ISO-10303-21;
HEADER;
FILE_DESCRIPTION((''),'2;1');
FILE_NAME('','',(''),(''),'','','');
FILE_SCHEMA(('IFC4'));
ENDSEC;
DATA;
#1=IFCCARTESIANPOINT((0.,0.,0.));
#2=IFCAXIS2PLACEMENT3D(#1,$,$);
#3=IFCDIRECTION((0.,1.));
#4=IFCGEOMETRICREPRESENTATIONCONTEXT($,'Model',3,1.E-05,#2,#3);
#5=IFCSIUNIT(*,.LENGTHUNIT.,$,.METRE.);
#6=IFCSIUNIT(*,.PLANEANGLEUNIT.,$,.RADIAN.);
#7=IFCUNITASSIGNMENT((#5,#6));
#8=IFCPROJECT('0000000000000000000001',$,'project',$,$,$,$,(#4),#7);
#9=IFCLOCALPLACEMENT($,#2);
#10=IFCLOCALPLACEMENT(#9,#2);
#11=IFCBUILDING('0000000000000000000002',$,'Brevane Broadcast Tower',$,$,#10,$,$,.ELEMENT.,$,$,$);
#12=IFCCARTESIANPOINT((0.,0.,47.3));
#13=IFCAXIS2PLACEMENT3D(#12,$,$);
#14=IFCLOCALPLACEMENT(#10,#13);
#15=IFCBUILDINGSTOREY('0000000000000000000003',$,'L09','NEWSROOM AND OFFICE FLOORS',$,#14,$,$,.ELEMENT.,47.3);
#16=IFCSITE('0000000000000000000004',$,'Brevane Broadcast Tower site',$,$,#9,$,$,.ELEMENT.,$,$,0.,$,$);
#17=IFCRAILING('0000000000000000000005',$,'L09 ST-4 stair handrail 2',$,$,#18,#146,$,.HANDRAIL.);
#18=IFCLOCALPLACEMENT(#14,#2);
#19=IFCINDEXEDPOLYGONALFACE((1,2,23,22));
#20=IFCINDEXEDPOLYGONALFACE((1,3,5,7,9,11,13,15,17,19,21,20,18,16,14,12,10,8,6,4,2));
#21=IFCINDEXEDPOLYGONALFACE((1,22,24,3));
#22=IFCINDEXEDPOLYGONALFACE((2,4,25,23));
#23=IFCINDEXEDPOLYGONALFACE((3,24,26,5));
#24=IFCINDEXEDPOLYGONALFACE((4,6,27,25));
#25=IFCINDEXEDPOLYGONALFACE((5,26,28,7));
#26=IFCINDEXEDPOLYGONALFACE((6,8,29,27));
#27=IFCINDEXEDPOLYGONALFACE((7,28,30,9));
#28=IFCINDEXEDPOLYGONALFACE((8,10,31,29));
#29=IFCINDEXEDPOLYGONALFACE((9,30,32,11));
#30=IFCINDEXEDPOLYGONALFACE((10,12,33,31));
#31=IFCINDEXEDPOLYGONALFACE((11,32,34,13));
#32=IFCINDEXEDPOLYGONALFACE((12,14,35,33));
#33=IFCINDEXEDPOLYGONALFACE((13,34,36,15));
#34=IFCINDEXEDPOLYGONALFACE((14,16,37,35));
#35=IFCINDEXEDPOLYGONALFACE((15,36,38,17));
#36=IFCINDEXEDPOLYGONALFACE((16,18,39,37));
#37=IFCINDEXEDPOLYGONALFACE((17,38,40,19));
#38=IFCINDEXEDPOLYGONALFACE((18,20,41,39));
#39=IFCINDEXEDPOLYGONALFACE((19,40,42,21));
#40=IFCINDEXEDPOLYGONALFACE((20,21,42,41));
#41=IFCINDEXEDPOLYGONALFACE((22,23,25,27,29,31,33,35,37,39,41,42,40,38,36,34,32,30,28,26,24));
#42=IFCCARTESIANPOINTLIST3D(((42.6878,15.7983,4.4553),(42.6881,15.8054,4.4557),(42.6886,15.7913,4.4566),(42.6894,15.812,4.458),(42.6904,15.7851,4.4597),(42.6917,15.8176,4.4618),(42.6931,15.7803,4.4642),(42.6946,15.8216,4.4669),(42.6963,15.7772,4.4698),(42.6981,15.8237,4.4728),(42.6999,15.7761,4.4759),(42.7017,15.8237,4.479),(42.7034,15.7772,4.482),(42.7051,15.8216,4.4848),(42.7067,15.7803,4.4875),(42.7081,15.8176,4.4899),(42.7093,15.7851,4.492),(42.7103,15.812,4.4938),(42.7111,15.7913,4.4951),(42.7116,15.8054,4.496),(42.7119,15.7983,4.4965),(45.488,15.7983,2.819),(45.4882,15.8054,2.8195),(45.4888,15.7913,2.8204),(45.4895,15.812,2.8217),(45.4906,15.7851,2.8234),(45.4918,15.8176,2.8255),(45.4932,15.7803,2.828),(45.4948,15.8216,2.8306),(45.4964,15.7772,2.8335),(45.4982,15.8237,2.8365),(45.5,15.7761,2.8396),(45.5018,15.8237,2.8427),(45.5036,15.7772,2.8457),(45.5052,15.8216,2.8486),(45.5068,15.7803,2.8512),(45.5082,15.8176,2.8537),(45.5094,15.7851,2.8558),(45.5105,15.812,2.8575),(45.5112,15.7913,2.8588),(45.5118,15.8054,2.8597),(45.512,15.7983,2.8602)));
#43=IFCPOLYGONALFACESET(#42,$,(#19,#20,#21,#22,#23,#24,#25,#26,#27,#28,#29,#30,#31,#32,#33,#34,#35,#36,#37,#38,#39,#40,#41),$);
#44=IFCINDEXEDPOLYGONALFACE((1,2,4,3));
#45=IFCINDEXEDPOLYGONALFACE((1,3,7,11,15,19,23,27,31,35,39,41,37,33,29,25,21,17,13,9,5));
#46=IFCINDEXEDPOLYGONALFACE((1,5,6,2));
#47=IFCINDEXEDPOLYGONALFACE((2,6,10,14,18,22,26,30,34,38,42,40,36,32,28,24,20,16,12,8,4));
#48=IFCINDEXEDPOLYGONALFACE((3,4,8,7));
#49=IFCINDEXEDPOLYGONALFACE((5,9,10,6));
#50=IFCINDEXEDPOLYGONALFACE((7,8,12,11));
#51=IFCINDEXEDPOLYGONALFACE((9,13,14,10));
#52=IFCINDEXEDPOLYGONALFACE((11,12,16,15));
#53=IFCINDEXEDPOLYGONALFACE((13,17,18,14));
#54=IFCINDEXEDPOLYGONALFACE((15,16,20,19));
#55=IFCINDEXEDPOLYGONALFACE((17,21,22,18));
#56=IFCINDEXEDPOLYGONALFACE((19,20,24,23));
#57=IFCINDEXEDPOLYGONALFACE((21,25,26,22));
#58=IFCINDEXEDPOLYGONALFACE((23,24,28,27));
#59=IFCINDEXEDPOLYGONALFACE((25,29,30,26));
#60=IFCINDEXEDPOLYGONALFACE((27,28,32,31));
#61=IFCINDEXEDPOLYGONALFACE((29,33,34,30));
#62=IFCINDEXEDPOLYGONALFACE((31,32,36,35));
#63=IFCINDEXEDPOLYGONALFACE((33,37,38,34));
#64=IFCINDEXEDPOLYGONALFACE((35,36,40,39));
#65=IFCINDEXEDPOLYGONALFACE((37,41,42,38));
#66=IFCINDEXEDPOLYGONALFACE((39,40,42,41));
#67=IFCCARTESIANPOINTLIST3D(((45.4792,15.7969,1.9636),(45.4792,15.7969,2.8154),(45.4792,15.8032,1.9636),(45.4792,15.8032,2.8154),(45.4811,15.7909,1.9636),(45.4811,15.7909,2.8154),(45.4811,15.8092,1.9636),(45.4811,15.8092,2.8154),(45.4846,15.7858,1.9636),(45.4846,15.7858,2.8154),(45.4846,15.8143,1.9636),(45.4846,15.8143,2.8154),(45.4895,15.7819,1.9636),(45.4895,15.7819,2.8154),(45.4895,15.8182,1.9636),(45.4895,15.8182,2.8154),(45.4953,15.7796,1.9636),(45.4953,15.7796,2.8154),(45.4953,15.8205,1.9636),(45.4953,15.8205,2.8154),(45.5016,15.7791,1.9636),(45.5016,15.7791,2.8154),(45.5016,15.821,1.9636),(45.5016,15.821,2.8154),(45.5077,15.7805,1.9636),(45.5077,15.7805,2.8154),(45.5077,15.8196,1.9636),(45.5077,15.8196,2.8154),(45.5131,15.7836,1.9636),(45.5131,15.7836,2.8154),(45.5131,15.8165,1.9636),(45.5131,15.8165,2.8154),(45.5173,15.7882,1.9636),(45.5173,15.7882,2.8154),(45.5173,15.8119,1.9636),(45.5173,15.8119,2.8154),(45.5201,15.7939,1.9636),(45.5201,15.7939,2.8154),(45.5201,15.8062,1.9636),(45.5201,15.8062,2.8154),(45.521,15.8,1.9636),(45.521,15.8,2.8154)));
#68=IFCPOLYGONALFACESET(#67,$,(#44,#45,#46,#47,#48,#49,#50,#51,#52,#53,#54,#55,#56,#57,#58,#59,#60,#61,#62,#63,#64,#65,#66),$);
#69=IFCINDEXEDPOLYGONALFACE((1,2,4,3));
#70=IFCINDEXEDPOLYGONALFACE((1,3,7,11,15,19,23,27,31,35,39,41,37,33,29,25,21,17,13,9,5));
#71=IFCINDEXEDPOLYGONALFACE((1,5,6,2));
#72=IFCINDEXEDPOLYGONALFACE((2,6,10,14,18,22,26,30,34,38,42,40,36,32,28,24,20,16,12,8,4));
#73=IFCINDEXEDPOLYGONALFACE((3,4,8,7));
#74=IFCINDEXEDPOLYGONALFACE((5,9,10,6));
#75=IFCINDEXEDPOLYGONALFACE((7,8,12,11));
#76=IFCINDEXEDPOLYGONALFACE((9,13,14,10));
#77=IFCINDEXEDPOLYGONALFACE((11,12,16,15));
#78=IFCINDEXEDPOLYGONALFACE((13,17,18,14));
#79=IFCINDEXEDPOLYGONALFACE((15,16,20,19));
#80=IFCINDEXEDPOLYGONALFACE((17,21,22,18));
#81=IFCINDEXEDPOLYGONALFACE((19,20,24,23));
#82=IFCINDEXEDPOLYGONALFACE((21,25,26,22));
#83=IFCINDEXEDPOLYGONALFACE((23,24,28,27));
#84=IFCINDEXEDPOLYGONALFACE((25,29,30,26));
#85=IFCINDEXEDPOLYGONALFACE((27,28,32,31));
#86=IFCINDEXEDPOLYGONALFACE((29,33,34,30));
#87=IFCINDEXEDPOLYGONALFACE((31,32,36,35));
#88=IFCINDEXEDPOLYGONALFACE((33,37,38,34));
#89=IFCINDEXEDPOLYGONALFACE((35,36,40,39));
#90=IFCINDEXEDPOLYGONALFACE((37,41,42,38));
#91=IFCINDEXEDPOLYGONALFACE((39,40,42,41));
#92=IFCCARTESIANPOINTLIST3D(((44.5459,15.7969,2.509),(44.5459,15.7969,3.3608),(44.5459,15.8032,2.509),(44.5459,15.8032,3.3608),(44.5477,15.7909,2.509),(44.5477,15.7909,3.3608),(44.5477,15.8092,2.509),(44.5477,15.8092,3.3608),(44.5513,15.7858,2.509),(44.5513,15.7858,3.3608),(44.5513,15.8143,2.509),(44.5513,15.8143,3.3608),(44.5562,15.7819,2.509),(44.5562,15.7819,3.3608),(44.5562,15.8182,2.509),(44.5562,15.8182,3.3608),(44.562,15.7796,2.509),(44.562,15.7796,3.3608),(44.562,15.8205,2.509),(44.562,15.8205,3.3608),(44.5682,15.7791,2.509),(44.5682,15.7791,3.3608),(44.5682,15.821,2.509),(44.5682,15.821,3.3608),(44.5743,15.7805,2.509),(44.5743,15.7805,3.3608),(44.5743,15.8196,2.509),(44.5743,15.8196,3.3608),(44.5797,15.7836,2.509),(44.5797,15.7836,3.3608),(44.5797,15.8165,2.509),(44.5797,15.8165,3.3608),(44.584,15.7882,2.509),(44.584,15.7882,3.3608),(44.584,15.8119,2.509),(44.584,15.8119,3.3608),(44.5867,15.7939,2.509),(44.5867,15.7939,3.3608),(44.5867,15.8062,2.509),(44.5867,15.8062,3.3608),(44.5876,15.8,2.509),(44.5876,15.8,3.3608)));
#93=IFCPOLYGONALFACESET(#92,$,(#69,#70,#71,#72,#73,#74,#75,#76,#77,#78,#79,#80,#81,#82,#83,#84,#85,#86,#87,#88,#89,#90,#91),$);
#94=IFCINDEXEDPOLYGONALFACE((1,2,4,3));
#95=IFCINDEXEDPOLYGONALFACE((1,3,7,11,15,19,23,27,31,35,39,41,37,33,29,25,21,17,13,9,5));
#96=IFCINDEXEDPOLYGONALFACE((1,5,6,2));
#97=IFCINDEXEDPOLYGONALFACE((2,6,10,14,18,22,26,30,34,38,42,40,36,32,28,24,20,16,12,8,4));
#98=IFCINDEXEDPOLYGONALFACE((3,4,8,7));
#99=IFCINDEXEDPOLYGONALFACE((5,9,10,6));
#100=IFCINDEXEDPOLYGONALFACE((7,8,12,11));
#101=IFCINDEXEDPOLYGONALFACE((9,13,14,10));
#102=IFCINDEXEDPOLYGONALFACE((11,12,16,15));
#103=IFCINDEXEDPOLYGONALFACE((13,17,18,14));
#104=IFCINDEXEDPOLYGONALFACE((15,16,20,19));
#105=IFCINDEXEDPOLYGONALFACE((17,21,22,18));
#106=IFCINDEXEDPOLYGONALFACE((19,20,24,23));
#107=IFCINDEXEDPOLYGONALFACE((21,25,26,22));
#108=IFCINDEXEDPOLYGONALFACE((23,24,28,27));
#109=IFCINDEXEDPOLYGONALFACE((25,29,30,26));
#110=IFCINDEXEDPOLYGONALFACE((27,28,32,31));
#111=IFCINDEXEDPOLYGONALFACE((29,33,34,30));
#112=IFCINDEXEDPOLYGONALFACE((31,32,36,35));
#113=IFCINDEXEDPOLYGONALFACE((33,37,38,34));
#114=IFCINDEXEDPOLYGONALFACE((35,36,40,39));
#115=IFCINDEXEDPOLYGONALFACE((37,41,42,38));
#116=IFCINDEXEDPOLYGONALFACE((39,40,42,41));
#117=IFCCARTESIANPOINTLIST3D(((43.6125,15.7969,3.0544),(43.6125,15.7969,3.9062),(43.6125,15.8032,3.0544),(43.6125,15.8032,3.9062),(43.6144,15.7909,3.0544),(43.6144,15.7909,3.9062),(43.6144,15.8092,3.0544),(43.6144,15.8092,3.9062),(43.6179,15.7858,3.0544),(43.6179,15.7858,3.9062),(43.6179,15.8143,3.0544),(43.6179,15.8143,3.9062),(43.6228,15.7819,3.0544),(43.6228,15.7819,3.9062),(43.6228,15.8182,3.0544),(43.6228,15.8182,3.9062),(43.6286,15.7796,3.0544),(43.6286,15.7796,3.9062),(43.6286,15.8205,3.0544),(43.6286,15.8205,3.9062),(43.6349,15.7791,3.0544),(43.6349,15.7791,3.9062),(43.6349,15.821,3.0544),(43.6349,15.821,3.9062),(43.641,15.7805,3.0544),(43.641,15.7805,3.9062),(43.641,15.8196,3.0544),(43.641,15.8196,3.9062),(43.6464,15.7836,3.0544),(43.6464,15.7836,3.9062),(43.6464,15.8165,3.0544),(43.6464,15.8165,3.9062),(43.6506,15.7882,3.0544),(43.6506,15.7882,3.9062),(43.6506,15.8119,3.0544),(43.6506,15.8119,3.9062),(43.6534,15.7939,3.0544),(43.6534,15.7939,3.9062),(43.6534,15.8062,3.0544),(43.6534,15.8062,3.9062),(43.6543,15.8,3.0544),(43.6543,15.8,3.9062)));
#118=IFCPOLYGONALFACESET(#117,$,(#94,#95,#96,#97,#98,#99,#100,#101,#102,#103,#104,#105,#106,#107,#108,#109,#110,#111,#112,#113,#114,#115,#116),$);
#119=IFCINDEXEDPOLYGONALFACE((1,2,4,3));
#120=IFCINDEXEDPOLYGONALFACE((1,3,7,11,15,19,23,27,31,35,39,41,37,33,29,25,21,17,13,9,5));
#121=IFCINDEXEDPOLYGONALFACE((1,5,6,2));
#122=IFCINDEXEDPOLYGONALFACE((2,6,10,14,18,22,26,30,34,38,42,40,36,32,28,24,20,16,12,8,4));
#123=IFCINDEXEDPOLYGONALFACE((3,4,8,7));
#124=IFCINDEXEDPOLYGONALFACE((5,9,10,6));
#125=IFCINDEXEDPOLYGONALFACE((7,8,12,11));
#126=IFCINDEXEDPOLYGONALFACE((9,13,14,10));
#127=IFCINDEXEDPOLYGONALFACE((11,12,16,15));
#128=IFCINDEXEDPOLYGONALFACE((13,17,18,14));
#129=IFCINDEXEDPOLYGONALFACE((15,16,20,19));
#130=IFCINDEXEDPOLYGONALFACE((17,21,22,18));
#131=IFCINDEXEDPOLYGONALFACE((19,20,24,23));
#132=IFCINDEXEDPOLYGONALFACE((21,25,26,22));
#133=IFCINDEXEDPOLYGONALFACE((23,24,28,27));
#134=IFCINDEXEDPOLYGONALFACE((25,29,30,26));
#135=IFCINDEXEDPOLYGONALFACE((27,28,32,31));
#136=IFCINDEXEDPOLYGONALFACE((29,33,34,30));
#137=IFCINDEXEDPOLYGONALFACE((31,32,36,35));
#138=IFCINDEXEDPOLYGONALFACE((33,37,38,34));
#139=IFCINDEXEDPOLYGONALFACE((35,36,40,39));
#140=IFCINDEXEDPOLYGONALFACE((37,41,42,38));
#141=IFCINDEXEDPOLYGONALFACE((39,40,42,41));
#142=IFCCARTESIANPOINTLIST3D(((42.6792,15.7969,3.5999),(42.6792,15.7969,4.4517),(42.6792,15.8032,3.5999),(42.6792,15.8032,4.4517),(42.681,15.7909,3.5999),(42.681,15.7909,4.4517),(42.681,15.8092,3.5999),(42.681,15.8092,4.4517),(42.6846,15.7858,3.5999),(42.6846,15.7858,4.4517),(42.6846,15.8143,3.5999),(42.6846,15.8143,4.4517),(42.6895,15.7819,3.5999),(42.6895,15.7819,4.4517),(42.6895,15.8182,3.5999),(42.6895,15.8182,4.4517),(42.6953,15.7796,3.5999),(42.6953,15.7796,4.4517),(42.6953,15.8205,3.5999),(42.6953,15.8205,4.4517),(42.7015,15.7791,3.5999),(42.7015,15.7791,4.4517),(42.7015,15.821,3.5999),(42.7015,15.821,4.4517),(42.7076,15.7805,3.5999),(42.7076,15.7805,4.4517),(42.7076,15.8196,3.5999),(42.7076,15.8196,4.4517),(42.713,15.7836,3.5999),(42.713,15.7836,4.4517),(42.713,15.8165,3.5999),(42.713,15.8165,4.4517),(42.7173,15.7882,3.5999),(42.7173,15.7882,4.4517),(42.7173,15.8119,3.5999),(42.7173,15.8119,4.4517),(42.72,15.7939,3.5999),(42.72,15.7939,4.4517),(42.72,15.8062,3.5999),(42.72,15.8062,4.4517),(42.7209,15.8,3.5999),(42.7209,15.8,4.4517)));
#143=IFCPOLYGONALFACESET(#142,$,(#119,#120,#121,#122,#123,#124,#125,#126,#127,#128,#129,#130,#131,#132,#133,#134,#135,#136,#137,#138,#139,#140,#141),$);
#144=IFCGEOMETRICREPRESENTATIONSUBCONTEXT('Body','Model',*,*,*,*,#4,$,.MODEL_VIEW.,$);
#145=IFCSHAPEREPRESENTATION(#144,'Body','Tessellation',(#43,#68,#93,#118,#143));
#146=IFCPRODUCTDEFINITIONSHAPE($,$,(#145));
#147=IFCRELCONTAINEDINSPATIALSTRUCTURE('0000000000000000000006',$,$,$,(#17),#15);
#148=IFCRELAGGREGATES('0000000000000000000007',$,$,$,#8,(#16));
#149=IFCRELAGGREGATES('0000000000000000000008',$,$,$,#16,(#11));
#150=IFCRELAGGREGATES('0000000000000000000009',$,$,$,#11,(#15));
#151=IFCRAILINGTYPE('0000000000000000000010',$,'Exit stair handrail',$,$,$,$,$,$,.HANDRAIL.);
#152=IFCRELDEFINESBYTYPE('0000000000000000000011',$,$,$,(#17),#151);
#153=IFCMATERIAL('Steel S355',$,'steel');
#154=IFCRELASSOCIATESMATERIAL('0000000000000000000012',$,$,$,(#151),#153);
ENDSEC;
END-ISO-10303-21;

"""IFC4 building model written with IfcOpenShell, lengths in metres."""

from ifc_helpers import new_model, si_unit, direction, frame, origin, origin_2d, place, context, subcontext, project, spatial, circle, extrude, material, type_object, element, save


model = new_model("IFC4")

# Units and contexts
model_context = context("Model", 3, precision=1e-05, world=origin(), true_north=direction((0.0, 1.0)))
body_context = subcontext(model_context, "Body", "Model", "MODEL_VIEW")
ifc_project = project(units=[si_unit("LENGTHUNIT", "METRE"), si_unit("PLANEANGLEUNIT", "RADIAN")], contexts=[model_context])

# Site, building, storey
site_placement = place(None, origin())
site = spatial("IfcSite", under=ifc_project, at=site_placement, Name="Brevane Broadcast Tower site", CompositionType="ELEMENT", RefElevation=0.0)
building_placement = place(site_placement, origin())
building = spatial("IfcBuilding", under=site, at=building_placement, Name="Brevane Broadcast Tower", CompositionType="ELEMENT")
storey_placement = place(building_placement, frame((0.0, 0.0, 47.3)))
storey = spatial("IfcBuildingStorey", under=building, at=storey_placement, Name="L09", Description="NEWSROOM AND OFFICE FLOORS", CompositionType="ELEMENT", Elevation=47.3)

# Railing
ifc_material_1 = material(Name="Steel S355", Category="steel")
railing_type_1 = type_object("IfcRailingType", Name="Exit stair handrail", PredefinedType="HANDRAIL", material=ifc_material_1)
railing_1_placement = place(storey_placement, frame((45.5, 15.8, 1.9636)))
element("IfcRailing", 1, at=railing_1_placement, inside=storey, type_object=railing_type_1, Name="L09 ST-4 stair handrail 2", PredefinedType="HANDRAIL", context=body_context, shape_type="SweptSolid", body=[
    extrude(circle(Radius=0.0239, at=origin_2d()), frame((0.0, 0.0, 0.876), z_axis=(-0.863394, 0.0, 0.504531), x_axis=(0.0, -1.0, 0.0)), (0.0, 0.0, 1.0), 3.2432),
    extrude(circle(Radius=0.021, at=origin_2d()), origin(), (0.0, 0.0, 1.0), 0.8518),
    extrude(circle(Radius=0.021, at=origin_2d()), frame((-0.9333, 0.0, 0.5454)), (0.0, 0.0, 1.0), 0.8518),
    extrude(circle(Radius=0.021, at=origin_2d()), frame((-1.8667, 0.0, 1.0908)), (0.0, 0.0, 1.0), 0.8518),
    extrude(circle(Radius=0.021, at=origin_2d()), frame((-2.8, 0.0, 1.6362)), (0.0, 0.0, 1.0), 0.8518),
])

save(model, "model.ifc")
